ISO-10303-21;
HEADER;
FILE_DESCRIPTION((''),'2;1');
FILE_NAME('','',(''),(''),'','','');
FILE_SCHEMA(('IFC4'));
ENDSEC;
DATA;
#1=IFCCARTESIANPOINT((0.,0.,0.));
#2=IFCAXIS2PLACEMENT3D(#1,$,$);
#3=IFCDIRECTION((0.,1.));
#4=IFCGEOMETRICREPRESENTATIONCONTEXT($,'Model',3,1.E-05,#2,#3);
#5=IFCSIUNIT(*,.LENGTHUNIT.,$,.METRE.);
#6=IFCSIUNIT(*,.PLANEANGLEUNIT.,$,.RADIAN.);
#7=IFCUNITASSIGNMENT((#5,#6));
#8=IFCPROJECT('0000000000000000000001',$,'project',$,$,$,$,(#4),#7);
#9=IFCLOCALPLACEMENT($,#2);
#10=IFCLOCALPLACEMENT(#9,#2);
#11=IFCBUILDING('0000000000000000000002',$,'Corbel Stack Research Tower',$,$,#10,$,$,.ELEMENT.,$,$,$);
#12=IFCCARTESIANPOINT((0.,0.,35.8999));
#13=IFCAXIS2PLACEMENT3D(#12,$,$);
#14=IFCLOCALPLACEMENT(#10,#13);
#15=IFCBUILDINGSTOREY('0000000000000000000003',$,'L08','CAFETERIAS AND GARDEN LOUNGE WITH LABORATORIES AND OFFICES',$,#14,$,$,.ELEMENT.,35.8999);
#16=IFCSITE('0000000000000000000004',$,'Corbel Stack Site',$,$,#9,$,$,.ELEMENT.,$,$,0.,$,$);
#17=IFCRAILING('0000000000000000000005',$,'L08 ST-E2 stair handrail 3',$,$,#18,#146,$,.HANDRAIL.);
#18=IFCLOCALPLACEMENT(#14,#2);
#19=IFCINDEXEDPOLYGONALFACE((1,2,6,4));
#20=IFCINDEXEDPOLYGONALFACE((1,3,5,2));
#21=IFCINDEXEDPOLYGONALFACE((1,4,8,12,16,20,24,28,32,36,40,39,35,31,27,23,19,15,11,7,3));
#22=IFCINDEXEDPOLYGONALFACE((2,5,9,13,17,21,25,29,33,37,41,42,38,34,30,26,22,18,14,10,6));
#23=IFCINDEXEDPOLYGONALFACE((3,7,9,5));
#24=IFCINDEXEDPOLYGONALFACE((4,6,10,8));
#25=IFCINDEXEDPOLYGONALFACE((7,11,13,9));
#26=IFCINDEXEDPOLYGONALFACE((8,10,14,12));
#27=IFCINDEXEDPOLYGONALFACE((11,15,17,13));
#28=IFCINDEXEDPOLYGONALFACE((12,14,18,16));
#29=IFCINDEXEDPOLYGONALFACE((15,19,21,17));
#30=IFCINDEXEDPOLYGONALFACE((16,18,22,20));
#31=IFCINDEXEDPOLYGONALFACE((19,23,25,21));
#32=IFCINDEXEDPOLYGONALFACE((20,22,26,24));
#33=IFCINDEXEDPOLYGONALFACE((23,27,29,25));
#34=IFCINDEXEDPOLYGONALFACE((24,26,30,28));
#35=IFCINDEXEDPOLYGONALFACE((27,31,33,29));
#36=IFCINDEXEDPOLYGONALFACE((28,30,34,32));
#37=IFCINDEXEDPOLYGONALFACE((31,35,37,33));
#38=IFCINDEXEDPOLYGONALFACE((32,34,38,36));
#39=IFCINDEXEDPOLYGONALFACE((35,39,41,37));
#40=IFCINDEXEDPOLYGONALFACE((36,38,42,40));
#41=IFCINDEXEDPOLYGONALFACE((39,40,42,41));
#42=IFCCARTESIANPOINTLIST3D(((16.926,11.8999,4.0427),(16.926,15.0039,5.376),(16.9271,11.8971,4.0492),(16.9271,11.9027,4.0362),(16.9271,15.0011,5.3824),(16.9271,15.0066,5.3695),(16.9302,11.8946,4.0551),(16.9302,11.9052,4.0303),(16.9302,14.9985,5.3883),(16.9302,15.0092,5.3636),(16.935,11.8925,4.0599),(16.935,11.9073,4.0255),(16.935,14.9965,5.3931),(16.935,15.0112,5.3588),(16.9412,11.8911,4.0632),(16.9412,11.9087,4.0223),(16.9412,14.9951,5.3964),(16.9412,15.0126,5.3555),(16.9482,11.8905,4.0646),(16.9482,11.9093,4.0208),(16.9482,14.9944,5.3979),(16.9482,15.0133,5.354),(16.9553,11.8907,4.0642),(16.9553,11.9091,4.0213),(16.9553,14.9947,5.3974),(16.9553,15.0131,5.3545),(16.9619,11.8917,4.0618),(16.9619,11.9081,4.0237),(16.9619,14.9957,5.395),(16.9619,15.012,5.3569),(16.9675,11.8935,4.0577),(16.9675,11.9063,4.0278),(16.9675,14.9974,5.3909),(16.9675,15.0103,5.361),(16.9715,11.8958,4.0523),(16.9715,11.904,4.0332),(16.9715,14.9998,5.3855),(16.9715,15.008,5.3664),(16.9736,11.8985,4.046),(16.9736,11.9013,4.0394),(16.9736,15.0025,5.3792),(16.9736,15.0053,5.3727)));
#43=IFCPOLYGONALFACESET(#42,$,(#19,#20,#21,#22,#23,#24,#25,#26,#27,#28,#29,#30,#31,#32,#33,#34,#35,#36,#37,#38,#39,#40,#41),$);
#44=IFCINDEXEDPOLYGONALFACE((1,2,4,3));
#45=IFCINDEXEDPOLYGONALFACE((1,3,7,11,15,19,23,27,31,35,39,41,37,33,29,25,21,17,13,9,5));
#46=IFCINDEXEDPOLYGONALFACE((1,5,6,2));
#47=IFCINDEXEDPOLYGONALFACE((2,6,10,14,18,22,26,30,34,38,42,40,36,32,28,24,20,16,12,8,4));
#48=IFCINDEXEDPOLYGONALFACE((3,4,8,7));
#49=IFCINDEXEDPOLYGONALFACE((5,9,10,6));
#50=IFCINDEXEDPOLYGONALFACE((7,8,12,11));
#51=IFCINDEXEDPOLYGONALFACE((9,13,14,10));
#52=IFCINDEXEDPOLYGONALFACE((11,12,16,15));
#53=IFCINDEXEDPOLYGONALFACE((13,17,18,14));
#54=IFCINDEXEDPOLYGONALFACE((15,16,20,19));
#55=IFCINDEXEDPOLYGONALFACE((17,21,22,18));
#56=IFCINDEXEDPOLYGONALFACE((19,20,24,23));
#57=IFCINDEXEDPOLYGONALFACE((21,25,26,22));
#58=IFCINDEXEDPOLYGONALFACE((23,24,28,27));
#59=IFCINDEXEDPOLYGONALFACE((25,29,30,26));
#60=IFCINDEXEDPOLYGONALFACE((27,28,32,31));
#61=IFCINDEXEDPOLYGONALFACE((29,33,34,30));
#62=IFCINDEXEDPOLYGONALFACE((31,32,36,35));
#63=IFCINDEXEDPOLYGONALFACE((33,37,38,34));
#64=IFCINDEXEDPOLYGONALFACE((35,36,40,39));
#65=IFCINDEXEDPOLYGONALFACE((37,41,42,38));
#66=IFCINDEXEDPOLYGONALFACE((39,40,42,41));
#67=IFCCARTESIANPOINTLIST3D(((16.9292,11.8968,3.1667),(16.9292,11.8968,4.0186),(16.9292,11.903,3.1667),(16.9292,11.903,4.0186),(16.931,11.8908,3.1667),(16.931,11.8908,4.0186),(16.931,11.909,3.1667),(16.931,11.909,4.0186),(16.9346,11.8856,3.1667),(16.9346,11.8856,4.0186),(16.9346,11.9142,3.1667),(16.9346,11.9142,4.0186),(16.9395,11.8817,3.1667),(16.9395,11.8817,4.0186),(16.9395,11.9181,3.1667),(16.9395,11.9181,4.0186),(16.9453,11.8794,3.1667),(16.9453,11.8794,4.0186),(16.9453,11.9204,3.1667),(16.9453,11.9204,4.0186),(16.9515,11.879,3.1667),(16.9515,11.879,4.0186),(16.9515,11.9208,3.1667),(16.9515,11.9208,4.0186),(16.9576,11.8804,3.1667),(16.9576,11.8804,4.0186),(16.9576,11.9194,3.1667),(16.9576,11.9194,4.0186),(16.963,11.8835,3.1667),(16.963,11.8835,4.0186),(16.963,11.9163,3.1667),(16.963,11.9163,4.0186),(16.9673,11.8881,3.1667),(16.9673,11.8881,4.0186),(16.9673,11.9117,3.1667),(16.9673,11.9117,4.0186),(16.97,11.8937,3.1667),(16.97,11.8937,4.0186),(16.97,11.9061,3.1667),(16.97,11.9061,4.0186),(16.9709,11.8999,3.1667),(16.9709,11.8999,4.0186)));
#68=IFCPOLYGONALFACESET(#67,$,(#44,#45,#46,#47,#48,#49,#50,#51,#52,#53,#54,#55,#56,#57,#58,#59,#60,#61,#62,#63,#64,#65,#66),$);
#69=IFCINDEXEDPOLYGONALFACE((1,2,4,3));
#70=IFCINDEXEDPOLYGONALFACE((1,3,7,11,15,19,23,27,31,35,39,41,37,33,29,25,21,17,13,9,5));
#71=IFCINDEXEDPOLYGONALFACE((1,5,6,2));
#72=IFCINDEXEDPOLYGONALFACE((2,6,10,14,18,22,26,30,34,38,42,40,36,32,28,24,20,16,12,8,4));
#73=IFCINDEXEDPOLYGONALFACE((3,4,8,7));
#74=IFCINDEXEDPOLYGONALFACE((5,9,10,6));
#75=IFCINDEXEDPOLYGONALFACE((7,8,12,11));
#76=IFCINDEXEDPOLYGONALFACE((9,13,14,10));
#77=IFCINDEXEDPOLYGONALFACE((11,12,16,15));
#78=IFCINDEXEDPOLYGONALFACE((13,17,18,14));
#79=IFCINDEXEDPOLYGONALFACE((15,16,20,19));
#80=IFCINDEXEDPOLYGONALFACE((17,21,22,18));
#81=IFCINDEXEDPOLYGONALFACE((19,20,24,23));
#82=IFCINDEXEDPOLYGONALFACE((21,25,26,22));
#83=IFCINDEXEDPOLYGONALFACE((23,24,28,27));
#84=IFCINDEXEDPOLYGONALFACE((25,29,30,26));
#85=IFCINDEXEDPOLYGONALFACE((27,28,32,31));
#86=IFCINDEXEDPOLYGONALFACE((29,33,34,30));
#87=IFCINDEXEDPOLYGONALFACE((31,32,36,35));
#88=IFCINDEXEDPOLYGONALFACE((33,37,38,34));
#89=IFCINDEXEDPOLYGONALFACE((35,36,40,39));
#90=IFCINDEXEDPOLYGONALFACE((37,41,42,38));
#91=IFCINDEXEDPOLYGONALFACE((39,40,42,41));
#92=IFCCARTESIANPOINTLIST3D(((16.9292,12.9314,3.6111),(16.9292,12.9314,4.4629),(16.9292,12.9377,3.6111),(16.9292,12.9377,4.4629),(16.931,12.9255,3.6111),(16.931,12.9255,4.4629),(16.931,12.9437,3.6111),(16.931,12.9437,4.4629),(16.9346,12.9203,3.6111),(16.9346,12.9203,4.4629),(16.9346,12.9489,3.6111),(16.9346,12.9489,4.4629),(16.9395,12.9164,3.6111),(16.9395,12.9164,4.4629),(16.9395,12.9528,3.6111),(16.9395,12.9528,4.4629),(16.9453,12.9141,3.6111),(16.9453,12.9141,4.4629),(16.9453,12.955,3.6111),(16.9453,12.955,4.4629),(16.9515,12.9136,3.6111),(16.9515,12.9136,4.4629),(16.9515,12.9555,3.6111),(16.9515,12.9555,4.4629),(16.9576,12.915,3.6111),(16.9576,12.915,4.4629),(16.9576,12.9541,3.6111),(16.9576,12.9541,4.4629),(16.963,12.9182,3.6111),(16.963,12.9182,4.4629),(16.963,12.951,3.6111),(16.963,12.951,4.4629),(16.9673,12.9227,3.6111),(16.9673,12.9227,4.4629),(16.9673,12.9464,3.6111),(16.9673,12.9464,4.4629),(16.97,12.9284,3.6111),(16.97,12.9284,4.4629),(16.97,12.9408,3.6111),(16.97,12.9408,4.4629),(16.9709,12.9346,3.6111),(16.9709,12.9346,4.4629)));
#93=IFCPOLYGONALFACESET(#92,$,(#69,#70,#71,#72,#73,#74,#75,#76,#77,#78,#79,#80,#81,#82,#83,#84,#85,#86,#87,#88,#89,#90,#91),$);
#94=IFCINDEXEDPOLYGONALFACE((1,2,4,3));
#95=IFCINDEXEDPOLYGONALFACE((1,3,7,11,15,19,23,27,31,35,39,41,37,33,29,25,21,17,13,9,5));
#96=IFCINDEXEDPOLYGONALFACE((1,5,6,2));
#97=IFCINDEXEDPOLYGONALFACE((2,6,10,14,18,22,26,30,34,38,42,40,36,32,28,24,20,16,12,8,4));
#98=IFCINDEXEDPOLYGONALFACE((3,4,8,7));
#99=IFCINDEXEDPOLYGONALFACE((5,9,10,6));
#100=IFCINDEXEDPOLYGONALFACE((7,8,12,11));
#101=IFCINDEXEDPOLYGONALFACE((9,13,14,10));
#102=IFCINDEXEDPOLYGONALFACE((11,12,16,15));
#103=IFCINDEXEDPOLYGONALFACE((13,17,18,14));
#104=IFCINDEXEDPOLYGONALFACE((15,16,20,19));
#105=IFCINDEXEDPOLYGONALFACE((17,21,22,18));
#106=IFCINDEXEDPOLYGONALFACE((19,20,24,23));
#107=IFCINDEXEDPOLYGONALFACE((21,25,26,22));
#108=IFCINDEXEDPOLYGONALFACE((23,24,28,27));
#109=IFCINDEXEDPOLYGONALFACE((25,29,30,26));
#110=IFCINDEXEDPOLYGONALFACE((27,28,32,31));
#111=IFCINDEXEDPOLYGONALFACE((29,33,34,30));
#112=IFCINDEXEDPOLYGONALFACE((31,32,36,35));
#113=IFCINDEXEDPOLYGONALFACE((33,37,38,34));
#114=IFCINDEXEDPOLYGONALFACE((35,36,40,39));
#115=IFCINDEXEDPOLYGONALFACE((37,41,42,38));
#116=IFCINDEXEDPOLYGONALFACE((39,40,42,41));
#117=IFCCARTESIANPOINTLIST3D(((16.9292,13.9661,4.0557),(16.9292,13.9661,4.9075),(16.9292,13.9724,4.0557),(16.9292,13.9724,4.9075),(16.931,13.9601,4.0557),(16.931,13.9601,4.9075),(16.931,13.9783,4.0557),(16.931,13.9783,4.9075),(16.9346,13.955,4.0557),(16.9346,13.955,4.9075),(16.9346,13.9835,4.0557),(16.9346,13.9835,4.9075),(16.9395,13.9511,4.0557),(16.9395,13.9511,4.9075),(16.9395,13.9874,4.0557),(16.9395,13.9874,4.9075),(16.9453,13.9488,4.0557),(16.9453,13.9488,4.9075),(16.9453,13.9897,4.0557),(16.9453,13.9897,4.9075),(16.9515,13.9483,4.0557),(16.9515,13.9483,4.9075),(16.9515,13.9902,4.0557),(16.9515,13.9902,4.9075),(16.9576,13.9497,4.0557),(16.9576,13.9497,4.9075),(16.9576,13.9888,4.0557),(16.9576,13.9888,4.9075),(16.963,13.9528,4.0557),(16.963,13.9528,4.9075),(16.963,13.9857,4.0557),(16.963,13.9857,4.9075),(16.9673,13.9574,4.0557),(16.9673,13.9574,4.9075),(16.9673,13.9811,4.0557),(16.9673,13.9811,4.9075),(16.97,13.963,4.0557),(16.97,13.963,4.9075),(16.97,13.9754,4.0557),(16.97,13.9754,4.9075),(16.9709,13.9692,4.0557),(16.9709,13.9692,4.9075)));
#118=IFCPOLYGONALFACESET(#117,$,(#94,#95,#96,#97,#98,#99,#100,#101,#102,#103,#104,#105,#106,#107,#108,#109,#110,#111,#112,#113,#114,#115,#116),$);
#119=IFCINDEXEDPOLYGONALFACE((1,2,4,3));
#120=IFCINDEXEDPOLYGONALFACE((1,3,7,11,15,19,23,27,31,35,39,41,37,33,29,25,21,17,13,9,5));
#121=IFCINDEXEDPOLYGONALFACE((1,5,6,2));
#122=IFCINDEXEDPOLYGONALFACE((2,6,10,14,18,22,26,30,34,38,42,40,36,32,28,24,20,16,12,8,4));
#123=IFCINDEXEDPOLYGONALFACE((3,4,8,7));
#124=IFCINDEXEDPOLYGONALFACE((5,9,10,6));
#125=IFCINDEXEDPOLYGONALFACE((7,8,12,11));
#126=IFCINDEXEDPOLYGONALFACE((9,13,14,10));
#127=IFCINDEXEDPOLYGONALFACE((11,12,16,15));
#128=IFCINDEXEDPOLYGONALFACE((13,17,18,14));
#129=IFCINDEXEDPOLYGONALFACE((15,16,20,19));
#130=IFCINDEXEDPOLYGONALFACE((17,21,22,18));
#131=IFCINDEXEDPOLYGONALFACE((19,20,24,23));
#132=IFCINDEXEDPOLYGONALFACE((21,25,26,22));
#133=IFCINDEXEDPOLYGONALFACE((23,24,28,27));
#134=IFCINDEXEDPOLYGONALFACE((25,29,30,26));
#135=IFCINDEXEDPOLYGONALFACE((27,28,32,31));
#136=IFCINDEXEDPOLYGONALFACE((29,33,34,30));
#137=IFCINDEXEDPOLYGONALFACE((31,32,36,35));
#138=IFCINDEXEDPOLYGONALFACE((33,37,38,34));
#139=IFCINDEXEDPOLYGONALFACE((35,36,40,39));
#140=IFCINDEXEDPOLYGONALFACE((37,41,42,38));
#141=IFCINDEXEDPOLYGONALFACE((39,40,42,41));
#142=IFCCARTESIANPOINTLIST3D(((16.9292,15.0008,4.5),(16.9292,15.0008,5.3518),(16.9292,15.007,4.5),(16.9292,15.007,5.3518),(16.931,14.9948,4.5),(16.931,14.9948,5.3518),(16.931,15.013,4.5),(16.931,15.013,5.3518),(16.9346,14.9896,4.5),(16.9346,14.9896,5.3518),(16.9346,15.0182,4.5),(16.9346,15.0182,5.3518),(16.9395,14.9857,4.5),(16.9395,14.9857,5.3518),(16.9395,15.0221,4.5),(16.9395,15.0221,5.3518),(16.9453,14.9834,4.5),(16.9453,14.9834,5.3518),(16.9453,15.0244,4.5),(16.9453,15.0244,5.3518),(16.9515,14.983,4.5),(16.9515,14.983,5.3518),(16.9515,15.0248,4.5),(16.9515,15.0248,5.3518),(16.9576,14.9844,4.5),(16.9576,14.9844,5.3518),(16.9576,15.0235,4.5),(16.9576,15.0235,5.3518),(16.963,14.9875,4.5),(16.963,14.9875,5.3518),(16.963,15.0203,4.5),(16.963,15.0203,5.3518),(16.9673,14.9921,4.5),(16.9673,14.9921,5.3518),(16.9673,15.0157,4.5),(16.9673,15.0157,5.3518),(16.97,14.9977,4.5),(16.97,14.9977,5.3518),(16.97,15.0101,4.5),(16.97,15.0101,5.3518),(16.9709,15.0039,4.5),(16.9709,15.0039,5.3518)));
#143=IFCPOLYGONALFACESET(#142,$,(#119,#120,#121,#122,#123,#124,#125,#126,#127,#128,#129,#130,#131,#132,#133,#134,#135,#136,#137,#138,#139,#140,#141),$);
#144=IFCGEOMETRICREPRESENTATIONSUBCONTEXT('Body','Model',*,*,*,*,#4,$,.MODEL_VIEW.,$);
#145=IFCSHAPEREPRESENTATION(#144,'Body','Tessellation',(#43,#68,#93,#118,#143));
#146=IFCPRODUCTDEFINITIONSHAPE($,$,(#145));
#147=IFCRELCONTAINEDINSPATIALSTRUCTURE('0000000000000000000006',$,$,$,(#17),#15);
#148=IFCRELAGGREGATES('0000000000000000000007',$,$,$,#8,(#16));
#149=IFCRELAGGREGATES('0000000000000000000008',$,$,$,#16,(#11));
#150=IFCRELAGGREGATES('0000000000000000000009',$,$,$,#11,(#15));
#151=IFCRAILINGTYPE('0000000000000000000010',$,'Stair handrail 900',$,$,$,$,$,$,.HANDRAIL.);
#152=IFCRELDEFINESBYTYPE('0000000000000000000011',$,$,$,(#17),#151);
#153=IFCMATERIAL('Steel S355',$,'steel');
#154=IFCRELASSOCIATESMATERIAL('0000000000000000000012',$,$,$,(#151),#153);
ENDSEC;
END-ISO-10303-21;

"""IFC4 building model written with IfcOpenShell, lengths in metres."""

from ifc_helpers import new_model, si_unit, direction, frame, origin, origin_2d, place, context, subcontext, project, spatial, circle, extrude, material, type_object, element, save


model = new_model("IFC4")

# Units and contexts
model_context = context("Model", 3, precision=1e-05, world=origin(), true_north=direction((0.0, 1.0)))
body_context = subcontext(model_context, "Body", "Model", "MODEL_VIEW")
ifc_project = project(units=[si_unit("LENGTHUNIT", "METRE"), si_unit("PLANEANGLEUNIT", "RADIAN")], contexts=[model_context])

# Site, building, storey
site_placement = place(None, origin())
site = spatial("IfcSite", under=ifc_project, at=site_placement, Name="Corbel Stack Site", CompositionType="ELEMENT", RefElevation=0.0)
building_placement = place(site_placement, origin())
building = spatial("IfcBuilding", under=site, at=building_placement, Name="Corbel Stack Research Tower", CompositionType="ELEMENT")
storey_placement = place(building_placement, frame((0.0, 0.0, 35.8999)))
storey = spatial("IfcBuildingStorey", under=building, at=storey_placement, Name="L08", Description="CAFETERIAS AND GARDEN LOUNGE WITH LABORATORIES AND OFFICES", CompositionType="ELEMENT", Elevation=35.8999)

# Railing
ifc_material_1 = material(Name="Steel S355", Category="steel")
railing_type_1 = type_object("IfcRailingType", Name="Stair handrail 900", PredefinedType="HANDRAIL", material=ifc_material_1)
railing_1_placement = place(storey_placement, frame((16.95, 11.8999, 3.1667)))
element("IfcRailing", 1, at=railing_1_placement, inside=storey, type_object=railing_type_1, Name="L08 ST-E2 stair handrail 3", PredefinedType="HANDRAIL", context=body_context, shape_type="SweptSolid", body=[
    extrude(circle(Radius=0.0239, at=origin_2d()), frame((0.0, 0.0, 0.876), z_axis=(0.0, 0.918827, 0.394661), x_axis=(-1.0, 0.0, 0.0)), (0.0, 0.0, 1.0), 3.3782),
    extrude(circle(Radius=0.021, at=origin_2d()), origin(), (0.0, 0.0, 1.0), 0.8518),
    extrude(circle(Radius=0.021, at=origin_2d()), frame((0.0, 1.0347, 0.4443)), (0.0, 0.0, 1.0), 0.8518),
    extrude(circle(Radius=0.021, at=origin_2d()), frame((0.0, 2.0693, 0.8889)), (0.0, 0.0, 1.0), 0.8518),
    extrude(circle(Radius=0.021, at=origin_2d()), frame((0.0, 3.104, 1.3333)), (0.0, 0.0, 1.0), 0.8518),
])

save(model, "model.ifc")
